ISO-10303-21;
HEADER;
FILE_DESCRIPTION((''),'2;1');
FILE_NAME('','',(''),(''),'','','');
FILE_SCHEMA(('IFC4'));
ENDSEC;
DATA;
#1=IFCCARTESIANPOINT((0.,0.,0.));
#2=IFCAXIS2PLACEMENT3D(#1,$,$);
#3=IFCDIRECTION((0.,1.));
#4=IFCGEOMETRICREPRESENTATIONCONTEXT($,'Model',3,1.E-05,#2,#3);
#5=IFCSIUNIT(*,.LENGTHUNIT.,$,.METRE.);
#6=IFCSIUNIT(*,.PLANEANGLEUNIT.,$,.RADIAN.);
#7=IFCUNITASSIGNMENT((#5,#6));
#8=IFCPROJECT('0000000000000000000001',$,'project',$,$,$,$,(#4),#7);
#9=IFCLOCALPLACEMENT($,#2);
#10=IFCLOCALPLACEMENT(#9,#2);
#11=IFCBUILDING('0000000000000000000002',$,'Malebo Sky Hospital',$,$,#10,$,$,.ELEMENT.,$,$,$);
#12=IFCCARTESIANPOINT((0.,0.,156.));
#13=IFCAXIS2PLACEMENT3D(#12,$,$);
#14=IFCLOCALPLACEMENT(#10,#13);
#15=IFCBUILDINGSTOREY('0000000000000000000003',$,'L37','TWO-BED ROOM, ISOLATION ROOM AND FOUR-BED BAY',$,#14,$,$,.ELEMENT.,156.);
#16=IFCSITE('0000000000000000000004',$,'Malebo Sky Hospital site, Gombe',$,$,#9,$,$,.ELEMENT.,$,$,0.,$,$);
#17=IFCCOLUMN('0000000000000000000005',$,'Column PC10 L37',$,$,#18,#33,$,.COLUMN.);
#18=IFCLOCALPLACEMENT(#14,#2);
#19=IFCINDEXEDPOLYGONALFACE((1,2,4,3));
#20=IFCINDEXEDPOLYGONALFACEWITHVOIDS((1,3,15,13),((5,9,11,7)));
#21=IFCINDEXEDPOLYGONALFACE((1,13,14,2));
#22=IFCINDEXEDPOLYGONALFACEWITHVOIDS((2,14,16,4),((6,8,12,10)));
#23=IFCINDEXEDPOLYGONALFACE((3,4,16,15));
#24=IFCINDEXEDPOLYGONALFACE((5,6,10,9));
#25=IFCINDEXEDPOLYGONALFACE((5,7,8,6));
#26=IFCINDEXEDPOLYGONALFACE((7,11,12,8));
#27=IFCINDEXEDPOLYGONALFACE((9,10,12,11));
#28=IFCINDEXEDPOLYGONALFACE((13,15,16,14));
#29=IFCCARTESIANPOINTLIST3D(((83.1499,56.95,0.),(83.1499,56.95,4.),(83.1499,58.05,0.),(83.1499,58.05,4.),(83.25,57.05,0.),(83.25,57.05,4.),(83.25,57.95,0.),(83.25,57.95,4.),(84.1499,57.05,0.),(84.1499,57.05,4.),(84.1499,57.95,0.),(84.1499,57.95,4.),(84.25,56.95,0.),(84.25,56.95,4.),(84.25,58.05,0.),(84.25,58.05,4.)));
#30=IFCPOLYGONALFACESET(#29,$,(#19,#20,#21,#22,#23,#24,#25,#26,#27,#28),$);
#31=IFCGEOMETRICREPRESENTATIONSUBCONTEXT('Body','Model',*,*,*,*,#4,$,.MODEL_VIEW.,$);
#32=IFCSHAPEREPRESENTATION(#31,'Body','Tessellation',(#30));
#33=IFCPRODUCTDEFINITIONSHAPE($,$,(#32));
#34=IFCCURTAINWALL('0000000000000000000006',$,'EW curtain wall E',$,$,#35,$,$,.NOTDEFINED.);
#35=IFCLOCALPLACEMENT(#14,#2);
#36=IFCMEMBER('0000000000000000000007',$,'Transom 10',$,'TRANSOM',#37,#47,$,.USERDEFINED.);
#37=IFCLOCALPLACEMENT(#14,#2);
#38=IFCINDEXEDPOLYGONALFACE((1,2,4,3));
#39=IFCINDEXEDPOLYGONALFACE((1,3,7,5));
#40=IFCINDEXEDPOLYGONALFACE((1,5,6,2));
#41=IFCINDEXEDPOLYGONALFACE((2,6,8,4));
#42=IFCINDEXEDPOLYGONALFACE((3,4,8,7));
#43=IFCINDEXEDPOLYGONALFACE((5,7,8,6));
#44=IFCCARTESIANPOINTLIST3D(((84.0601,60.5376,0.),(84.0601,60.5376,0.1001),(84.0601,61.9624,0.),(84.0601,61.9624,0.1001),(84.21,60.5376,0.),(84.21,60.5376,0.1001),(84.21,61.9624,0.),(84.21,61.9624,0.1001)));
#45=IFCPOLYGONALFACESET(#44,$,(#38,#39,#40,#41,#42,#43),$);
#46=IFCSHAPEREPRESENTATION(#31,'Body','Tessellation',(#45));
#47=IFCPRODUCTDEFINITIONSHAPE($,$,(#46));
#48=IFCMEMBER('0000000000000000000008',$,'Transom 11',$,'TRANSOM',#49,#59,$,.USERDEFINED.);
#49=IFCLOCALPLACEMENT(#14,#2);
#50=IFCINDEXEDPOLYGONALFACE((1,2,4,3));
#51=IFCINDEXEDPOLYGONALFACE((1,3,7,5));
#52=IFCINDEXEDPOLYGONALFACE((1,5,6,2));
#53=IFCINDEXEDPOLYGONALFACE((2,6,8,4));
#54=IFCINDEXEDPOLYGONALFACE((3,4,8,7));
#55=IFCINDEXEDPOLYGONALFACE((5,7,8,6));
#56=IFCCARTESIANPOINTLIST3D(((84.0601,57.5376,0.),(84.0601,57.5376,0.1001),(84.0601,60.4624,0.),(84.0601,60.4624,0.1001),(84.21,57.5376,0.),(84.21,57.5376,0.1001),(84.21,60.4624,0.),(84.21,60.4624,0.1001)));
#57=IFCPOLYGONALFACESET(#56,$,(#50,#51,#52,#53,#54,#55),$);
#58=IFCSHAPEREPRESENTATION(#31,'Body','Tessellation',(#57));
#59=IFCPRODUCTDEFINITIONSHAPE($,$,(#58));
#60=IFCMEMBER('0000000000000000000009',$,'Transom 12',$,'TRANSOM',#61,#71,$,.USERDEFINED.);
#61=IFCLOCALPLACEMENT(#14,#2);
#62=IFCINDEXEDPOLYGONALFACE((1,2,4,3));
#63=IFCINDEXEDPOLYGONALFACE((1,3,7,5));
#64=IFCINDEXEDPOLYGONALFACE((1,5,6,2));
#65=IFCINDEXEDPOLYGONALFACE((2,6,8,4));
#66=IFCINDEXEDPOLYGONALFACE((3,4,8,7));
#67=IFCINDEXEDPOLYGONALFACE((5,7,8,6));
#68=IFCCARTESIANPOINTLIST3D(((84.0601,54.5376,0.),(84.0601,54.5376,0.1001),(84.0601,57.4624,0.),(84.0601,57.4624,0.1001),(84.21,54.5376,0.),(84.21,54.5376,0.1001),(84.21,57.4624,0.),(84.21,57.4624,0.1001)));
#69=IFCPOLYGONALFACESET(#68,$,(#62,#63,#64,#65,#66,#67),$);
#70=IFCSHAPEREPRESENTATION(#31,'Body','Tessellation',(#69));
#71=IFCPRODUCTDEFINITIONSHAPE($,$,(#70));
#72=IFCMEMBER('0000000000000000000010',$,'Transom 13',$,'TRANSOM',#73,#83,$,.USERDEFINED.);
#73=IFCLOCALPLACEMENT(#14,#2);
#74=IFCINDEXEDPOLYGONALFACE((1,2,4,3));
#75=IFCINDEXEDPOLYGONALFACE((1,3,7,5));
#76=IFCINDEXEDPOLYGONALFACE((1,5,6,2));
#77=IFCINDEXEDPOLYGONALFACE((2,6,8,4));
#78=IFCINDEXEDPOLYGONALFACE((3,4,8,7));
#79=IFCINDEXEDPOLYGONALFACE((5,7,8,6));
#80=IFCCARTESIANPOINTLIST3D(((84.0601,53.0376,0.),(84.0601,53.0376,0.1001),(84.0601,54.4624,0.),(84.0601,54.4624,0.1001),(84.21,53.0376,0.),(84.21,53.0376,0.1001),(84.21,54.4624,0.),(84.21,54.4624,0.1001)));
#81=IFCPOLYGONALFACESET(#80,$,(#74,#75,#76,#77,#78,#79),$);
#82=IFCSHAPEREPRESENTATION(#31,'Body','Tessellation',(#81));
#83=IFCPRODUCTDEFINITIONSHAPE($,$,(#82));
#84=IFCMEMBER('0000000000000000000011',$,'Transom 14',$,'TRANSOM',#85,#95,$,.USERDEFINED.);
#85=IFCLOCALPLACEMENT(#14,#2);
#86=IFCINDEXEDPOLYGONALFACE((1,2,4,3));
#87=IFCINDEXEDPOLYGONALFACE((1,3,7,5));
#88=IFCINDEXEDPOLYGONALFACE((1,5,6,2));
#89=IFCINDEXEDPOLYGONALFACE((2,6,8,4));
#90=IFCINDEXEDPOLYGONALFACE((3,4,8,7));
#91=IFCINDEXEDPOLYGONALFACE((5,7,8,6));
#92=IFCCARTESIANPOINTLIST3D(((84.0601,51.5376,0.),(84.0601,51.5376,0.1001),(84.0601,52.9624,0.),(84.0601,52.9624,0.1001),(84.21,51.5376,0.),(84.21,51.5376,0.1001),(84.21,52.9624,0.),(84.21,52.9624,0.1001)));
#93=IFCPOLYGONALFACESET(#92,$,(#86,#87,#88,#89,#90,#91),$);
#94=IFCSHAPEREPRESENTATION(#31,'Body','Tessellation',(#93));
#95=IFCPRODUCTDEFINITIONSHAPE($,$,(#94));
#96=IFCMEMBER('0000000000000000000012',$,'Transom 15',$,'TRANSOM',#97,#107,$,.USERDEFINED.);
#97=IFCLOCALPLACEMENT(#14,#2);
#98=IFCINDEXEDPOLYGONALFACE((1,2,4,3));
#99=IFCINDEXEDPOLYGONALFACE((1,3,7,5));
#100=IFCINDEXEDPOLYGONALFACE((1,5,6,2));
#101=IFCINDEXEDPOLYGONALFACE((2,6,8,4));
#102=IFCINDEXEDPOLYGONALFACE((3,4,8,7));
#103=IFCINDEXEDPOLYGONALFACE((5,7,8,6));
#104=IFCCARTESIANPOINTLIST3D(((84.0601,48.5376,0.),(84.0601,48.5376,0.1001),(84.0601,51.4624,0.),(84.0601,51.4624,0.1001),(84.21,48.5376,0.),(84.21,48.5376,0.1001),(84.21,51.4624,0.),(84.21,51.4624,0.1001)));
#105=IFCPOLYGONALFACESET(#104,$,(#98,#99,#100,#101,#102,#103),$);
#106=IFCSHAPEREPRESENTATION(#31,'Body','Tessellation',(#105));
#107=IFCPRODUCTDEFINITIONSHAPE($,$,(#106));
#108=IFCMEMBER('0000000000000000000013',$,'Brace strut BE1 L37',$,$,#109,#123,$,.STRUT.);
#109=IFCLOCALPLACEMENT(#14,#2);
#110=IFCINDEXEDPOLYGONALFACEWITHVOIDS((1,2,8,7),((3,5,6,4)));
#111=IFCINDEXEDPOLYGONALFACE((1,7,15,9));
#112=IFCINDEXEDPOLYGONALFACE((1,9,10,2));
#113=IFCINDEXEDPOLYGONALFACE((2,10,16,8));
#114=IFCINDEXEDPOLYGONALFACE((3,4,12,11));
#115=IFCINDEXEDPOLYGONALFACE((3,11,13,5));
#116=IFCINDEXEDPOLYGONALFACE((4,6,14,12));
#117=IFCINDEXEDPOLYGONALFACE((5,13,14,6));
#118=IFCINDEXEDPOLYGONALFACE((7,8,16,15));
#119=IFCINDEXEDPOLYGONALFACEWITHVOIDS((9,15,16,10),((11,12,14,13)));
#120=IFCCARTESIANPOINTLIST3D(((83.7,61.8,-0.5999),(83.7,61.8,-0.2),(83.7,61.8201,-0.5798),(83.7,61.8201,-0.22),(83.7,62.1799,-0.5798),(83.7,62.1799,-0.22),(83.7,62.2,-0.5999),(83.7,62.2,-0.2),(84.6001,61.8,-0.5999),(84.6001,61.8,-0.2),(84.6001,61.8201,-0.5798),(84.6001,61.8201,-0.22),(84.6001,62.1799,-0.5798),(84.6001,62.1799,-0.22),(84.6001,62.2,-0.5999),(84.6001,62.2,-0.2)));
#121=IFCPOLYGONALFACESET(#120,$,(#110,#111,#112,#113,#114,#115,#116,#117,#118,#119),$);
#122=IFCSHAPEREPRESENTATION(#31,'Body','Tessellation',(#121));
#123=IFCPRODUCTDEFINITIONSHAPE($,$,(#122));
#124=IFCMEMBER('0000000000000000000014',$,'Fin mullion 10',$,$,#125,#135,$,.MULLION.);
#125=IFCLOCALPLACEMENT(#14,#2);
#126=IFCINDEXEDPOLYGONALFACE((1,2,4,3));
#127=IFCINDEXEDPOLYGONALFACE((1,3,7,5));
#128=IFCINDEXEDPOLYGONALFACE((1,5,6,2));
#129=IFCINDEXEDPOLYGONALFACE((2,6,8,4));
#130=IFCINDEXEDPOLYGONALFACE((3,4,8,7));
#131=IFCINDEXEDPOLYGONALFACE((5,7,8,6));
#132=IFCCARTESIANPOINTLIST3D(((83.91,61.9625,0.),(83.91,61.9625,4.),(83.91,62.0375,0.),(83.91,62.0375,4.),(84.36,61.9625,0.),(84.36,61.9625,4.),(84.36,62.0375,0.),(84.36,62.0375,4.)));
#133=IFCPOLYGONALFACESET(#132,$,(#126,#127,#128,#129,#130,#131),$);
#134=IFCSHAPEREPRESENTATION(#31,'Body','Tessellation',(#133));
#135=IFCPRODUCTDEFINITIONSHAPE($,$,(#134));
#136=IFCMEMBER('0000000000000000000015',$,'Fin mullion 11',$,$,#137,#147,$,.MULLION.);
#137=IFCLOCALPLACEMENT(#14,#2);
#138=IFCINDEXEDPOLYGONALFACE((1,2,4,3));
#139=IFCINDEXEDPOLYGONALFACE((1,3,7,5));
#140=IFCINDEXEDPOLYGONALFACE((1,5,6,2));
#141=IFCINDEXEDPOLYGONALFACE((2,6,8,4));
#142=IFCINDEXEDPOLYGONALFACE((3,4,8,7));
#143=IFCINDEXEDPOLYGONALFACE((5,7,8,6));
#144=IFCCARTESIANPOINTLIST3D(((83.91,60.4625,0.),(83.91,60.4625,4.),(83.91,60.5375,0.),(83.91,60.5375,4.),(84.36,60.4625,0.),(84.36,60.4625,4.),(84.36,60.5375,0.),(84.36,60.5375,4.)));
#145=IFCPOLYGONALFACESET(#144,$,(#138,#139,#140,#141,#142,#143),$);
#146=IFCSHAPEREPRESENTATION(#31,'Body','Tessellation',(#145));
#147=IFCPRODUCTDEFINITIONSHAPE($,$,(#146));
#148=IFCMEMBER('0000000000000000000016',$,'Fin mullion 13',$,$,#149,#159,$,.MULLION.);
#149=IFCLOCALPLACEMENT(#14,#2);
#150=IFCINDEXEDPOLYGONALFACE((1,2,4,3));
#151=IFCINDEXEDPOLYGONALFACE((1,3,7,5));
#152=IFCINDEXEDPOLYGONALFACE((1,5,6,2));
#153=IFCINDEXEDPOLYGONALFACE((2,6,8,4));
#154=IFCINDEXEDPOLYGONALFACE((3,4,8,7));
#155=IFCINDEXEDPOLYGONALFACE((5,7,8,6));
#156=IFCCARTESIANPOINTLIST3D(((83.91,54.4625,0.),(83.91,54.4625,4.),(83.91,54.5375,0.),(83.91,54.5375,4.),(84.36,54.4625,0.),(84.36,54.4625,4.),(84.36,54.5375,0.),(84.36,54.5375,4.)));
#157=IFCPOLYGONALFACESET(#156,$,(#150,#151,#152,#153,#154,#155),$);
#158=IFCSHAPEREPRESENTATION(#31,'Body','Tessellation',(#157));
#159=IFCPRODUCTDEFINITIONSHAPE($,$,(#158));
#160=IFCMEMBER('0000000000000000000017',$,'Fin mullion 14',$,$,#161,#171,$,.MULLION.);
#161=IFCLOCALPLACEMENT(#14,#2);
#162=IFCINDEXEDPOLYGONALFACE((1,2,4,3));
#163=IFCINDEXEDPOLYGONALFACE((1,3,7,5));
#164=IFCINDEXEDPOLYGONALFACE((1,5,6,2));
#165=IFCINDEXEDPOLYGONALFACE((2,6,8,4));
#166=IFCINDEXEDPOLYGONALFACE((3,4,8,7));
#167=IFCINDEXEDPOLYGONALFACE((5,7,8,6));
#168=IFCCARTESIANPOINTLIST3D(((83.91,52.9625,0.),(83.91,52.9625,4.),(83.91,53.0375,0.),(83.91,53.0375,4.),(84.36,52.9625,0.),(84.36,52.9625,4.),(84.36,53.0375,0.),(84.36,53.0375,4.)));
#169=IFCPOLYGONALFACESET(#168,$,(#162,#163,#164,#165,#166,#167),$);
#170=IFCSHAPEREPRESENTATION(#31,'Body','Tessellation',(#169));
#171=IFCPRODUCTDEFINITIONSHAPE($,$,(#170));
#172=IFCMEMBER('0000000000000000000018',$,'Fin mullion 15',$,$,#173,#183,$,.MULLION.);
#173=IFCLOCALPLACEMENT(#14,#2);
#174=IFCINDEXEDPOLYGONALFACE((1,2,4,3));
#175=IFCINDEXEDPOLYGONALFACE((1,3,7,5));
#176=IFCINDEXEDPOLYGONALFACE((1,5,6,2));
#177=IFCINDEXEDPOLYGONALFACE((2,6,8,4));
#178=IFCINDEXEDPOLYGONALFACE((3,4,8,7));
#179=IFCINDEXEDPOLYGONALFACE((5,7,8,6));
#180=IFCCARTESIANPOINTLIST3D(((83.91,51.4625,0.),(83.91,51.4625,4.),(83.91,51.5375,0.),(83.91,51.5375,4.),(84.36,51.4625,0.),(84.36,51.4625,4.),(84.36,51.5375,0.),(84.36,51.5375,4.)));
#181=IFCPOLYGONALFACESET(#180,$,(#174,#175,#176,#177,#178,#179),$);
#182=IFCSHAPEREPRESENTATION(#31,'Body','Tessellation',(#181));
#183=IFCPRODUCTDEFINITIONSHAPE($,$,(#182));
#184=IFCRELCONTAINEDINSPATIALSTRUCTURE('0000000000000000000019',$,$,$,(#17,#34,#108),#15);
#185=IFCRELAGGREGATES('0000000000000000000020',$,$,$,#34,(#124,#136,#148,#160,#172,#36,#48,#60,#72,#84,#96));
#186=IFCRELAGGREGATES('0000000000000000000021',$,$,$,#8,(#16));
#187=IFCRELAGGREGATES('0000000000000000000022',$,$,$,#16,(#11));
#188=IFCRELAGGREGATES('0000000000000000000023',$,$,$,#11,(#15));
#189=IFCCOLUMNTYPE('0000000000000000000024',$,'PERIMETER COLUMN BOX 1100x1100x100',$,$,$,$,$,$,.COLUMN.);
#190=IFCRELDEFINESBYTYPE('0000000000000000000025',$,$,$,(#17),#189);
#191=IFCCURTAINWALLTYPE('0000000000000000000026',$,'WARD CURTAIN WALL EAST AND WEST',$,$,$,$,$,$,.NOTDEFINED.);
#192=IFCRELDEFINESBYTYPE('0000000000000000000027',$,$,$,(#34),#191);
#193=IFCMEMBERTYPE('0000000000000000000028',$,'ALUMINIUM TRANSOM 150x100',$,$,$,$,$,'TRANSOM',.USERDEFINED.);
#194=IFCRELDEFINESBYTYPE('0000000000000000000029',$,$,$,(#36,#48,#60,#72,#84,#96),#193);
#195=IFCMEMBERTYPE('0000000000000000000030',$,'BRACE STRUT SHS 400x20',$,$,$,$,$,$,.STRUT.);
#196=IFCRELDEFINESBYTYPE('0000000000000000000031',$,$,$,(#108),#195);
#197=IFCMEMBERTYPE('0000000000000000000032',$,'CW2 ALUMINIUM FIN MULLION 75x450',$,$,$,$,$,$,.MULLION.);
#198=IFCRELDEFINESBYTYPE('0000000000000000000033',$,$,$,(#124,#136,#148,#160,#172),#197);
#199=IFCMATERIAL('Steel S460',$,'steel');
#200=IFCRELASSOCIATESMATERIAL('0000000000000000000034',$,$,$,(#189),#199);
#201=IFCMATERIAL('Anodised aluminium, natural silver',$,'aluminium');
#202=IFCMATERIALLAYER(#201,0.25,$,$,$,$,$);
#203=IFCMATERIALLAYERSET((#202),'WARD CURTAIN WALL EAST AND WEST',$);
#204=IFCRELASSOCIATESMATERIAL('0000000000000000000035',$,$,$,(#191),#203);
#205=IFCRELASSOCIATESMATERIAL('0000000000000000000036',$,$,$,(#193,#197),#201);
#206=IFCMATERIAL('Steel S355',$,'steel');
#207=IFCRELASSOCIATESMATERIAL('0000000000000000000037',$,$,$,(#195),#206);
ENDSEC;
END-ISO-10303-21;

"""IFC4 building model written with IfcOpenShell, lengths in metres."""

from ifc_helpers import new_model, si_unit, direction, frame, origin, origin_2d, place, context, subcontext, project, spatial, rectangle, hollow_rectangle, extrude, material, layer, layer_set, material_profile, profile_set, type_object, element, aggregate, save


model = new_model("IFC4")

# Units and contexts
model_context = context("Model", 3, precision=1e-05, world=origin(), true_north=direction((0.0, 1.0)))
body_context = subcontext(model_context, "Body", "Model", "MODEL_VIEW")
ifc_project = project(units=[si_unit("LENGTHUNIT", "METRE"), si_unit("PLANEANGLEUNIT", "RADIAN")], contexts=[model_context])

# Site, building, storey
site_placement = place(None, origin())
site = spatial("IfcSite", under=ifc_project, at=site_placement, Name="Malebo Sky Hospital site, Gombe", CompositionType="ELEMENT", RefElevation=0.0)
building_placement = place(site_placement, origin())
building = spatial("IfcBuilding", under=site, at=building_placement, Name="Malebo Sky Hospital", CompositionType="ELEMENT")
storey_placement = place(building_placement, frame((0.0, 0.0, 156.0)))
storey = spatial("IfcBuildingStorey", under=building, at=storey_placement, Name="L37", Description="TWO-BED ROOM, ISOLATION ROOM AND FOUR-BED BAY", CompositionType="ELEMENT", Elevation=156.0)

# Column
ifc_material_1 = material(Name="Steel S460", Category="steel")
ifc_material_profile_1 = material_profile(ifc_material_1, hollow_rectangle(XDim=1.1001, YDim=1.1001, WallThickness=0.1001, at=origin_2d()), Name="BOX 1100x1100x100")
ifc_profile_set_1 = profile_set([ifc_material_profile_1], Name="Steel S460")
column_type = type_object("IfcColumnType", Name="PERIMETER COLUMN BOX 1100x1100x100", PredefinedType="COLUMN", material=ifc_profile_set_1)
column_placement = place(storey_placement, frame((83.7, 57.5, 0.0), z_axis=(0.0, 0.0, 1.0), x_axis=(1.0, 0.0, 0.0)))
element("IfcColumn", 1, at=column_placement, inside=storey, type_object=column_type, Name="Column PC10 L37", PredefinedType="COLUMN", context=body_context, shape_type="SweptSolid", body=[
    extrude(hollow_rectangle(XDim=1.1001, YDim=1.1001, WallThickness=0.1001, at=origin_2d()), origin(), (0.0, 0.0, 1.0), 4.0),
])

# Curtain wall, members
ifc_material_2 = material(Name="Anodised aluminium, natural silver", Category="aluminium")
ifc_layer_1 = layer(ifc_material_2, 0.25)
ifc_layer_set_1 = layer_set([ifc_layer_1], Name="WARD CURTAIN WALL EAST AND WEST")
curtain_wall_type = type_object("IfcCurtainWallType", Name="WARD CURTAIN WALL EAST AND WEST", PredefinedType="NOTDEFINED", material=ifc_layer_set_1)
curtain_wall_placement = place(storey_placement, origin())
curtain_wall = element("IfcCurtainWall", 2, at=curtain_wall_placement, inside=storey, type_object=curtain_wall_type, Name="EW curtain wall E", PredefinedType="NOTDEFINED")
ifc_material_profile_2 = material_profile(ifc_material_2, rectangle(XDim=0.1499, YDim=0.1001, at=origin_2d()), Name="ALUMINIUM TRANSOM 150x100")
ifc_profile_set_2 = profile_set([ifc_material_profile_2], Name="Anodised aluminium, natural silver")
member_type_1 = type_object("IfcMemberType", Name="ALUMINIUM TRANSOM 150x100", ElementType="TRANSOM", PredefinedType="USERDEFINED", material=ifc_profile_set_2)
member_1_placement = place(storey_placement, frame((84.135, 61.9624, 0.05), z_axis=(0.0, -1.0, 0.0), x_axis=(1.0, 0.0, 0.0)))
member_1 = element("IfcMember", 3, at=member_1_placement, type_object=member_type_1, Name="Transom 10", ObjectType="TRANSOM", PredefinedType="USERDEFINED", context=body_context, shape_type="SweptSolid", body=[
    extrude(rectangle(XDim=0.1499, YDim=0.1001, at=origin_2d()), origin(), (0.0, 0.0, 1.0), 1.4248),
])
member_2_placement = place(storey_placement, frame((84.135, 60.4624, 0.05), z_axis=(0.0, -1.0, 0.0), x_axis=(1.0, 0.0, 0.0)))
member_2 = element("IfcMember", 4, at=member_2_placement, type_object=member_type_1, Name="Transom 11", ObjectType="TRANSOM", PredefinedType="USERDEFINED", context=body_context, shape_type="SweptSolid", body=[
    extrude(rectangle(XDim=0.1499, YDim=0.1001, at=origin_2d()), origin(), (0.0, 0.0, 1.0), 2.9248),
])
member_3_placement = place(storey_placement, frame((84.135, 57.4624, 0.05), z_axis=(0.0, -1.0, 0.0), x_axis=(1.0, 0.0, 0.0)))
member_3 = element("IfcMember", 5, at=member_3_placement, type_object=member_type_1, Name="Transom 12", ObjectType="TRANSOM", PredefinedType="USERDEFINED", context=body_context, shape_type="SweptSolid", body=[
    extrude(rectangle(XDim=0.1499, YDim=0.1001, at=origin_2d()), origin(), (0.0, 0.0, 1.0), 2.9248),
])
member_4_placement = place(storey_placement, frame((84.135, 54.4624, 0.05), z_axis=(0.0, -1.0, 0.0), x_axis=(1.0, 0.0, 0.0)))
member_4 = element("IfcMember", 6, at=member_4_placement, type_object=member_type_1, Name="Transom 13", ObjectType="TRANSOM", PredefinedType="USERDEFINED", context=body_context, shape_type="SweptSolid", body=[
    extrude(rectangle(XDim=0.1499, YDim=0.1001, at=origin_2d()), origin(), (0.0, 0.0, 1.0), 1.4248),
])
member_5_placement = place(storey_placement, frame((84.135, 52.9624, 0.05), z_axis=(0.0, -1.0, 0.0), x_axis=(1.0, 0.0, 0.0)))
member_5 = element("IfcMember", 7, at=member_5_placement, type_object=member_type_1, Name="Transom 14", ObjectType="TRANSOM", PredefinedType="USERDEFINED", context=body_context, shape_type="SweptSolid", body=[
    extrude(rectangle(XDim=0.1499, YDim=0.1001, at=origin_2d()), origin(), (0.0, 0.0, 1.0), 1.4248),
])
member_6_placement = place(storey_placement, frame((84.135, 51.4624, 0.05), z_axis=(0.0, -1.0, 0.0), x_axis=(1.0, 0.0, 0.0)))
member_6 = element("IfcMember", 8, at=member_6_placement, type_object=member_type_1, Name="Transom 15", ObjectType="TRANSOM", PredefinedType="USERDEFINED", context=body_context, shape_type="SweptSolid", body=[
    extrude(rectangle(XDim=0.1499, YDim=0.1001, at=origin_2d()), origin(), (0.0, 0.0, 1.0), 2.9248),
])

# Members
ifc_material_3 = material(Name="Steel S355", Category="steel")
ifc_material_profile_3 = material_profile(ifc_material_3, hollow_rectangle(XDim=0.3999, YDim=0.3999, WallThickness=0.02, at=origin_2d()), Name="SHS 400x20")
ifc_profile_set_3 = profile_set([ifc_material_profile_3], Name="Steel S355")
member_type_2 = type_object("IfcMemberType", Name="BRACE STRUT SHS 400x20", PredefinedType="STRUT", material=ifc_profile_set_3)
member_7_placement = place(storey_placement, frame((84.6001, 62.0, -0.3999), z_axis=(-1.0, 0.0, 0.0), x_axis=(0.0, -1.0, 0.0)))
element("IfcMember", 9, at=member_7_placement, inside=storey, type_object=member_type_2, Name="Brace strut BE1 L37", PredefinedType="STRUT", context=body_context, shape_type="SweptSolid", body=[
    extrude(hollow_rectangle(XDim=0.3999, YDim=0.3999, WallThickness=0.02, at=origin_2d()), origin(), (0.0, 0.0, 1.0), 0.9001),
])
ifc_material_profile_4 = material_profile(ifc_material_2, rectangle(XDim=0.075, YDim=0.45, at=origin_2d()), Name="CW2 ALUMINIUM FIN MULLION 75x450")
ifc_profile_set_4 = profile_set([ifc_material_profile_4], Name="Anodised aluminium, natural silver")
member_type_3 = type_object("IfcMemberType", Name="CW2 ALUMINIUM FIN MULLION 75x450", PredefinedType="MULLION", material=ifc_profile_set_4)
member_8_placement = place(storey_placement, frame((84.135, 62.0, 0.0), z_axis=(0.0, 0.0, 1.0), x_axis=(0.0, -1.0, 0.0)))
member_8 = element("IfcMember", 10, at=member_8_placement, type_object=member_type_3, Name="Fin mullion 10", PredefinedType="MULLION", context=body_context, shape_type="SweptSolid", body=[
    extrude(rectangle(XDim=0.075, YDim=0.45, at=origin_2d()), origin(), (0.0, 0.0, 1.0), 4.0),
])
member_9_placement = place(storey_placement, frame((84.135, 60.5, 0.0), z_axis=(0.0, 0.0, 1.0), x_axis=(0.0, -1.0, 0.0)))
member_9 = element("IfcMember", 11, at=member_9_placement, type_object=member_type_3, Name="Fin mullion 11", PredefinedType="MULLION", context=body_context, shape_type="SweptSolid", body=[
    extrude(rectangle(XDim=0.075, YDim=0.45, at=origin_2d()), origin(), (0.0, 0.0, 1.0), 4.0),
])
member_10_placement = place(storey_placement, frame((84.135, 54.5, 0.0), z_axis=(0.0, 0.0, 1.0), x_axis=(0.0, -1.0, 0.0)))
member_10 = element("IfcMember", 12, at=member_10_placement, type_object=member_type_3, Name="Fin mullion 13", PredefinedType="MULLION", context=body_context, shape_type="SweptSolid", body=[
    extrude(rectangle(XDim=0.075, YDim=0.45, at=origin_2d()), origin(), (0.0, 0.0, 1.0), 4.0),
])
member_11_placement = place(storey_placement, frame((84.135, 53.0, 0.0), z_axis=(0.0, 0.0, 1.0), x_axis=(0.0, -1.0, 0.0)))
member_11 = element("IfcMember", 13, at=member_11_placement, type_object=member_type_3, Name="Fin mullion 14", PredefinedType="MULLION", context=body_context, shape_type="SweptSolid", body=[
    extrude(rectangle(XDim=0.075, YDim=0.45, at=origin_2d()), origin(), (0.0, 0.0, 1.0), 4.0),
])
member_12_placement = place(storey_placement, frame((84.135, 51.5, 0.0), z_axis=(0.0, 0.0, 1.0), x_axis=(0.0, -1.0, 0.0)))
member_12 = element("IfcMember", 14, at=member_12_placement, type_object=member_type_3, Name="Fin mullion 15", PredefinedType="MULLION", context=body_context, shape_type="SweptSolid", body=[
    extrude(rectangle(XDim=0.075, YDim=0.45, at=origin_2d()), origin(), (0.0, 0.0, 1.0), 4.0),
])

aggregate(curtain_wall, [member_8, member_9, member_10, member_11, member_12, member_1, member_2, member_3, member_4, member_5, member_6])

save(model, "model.ifc")
